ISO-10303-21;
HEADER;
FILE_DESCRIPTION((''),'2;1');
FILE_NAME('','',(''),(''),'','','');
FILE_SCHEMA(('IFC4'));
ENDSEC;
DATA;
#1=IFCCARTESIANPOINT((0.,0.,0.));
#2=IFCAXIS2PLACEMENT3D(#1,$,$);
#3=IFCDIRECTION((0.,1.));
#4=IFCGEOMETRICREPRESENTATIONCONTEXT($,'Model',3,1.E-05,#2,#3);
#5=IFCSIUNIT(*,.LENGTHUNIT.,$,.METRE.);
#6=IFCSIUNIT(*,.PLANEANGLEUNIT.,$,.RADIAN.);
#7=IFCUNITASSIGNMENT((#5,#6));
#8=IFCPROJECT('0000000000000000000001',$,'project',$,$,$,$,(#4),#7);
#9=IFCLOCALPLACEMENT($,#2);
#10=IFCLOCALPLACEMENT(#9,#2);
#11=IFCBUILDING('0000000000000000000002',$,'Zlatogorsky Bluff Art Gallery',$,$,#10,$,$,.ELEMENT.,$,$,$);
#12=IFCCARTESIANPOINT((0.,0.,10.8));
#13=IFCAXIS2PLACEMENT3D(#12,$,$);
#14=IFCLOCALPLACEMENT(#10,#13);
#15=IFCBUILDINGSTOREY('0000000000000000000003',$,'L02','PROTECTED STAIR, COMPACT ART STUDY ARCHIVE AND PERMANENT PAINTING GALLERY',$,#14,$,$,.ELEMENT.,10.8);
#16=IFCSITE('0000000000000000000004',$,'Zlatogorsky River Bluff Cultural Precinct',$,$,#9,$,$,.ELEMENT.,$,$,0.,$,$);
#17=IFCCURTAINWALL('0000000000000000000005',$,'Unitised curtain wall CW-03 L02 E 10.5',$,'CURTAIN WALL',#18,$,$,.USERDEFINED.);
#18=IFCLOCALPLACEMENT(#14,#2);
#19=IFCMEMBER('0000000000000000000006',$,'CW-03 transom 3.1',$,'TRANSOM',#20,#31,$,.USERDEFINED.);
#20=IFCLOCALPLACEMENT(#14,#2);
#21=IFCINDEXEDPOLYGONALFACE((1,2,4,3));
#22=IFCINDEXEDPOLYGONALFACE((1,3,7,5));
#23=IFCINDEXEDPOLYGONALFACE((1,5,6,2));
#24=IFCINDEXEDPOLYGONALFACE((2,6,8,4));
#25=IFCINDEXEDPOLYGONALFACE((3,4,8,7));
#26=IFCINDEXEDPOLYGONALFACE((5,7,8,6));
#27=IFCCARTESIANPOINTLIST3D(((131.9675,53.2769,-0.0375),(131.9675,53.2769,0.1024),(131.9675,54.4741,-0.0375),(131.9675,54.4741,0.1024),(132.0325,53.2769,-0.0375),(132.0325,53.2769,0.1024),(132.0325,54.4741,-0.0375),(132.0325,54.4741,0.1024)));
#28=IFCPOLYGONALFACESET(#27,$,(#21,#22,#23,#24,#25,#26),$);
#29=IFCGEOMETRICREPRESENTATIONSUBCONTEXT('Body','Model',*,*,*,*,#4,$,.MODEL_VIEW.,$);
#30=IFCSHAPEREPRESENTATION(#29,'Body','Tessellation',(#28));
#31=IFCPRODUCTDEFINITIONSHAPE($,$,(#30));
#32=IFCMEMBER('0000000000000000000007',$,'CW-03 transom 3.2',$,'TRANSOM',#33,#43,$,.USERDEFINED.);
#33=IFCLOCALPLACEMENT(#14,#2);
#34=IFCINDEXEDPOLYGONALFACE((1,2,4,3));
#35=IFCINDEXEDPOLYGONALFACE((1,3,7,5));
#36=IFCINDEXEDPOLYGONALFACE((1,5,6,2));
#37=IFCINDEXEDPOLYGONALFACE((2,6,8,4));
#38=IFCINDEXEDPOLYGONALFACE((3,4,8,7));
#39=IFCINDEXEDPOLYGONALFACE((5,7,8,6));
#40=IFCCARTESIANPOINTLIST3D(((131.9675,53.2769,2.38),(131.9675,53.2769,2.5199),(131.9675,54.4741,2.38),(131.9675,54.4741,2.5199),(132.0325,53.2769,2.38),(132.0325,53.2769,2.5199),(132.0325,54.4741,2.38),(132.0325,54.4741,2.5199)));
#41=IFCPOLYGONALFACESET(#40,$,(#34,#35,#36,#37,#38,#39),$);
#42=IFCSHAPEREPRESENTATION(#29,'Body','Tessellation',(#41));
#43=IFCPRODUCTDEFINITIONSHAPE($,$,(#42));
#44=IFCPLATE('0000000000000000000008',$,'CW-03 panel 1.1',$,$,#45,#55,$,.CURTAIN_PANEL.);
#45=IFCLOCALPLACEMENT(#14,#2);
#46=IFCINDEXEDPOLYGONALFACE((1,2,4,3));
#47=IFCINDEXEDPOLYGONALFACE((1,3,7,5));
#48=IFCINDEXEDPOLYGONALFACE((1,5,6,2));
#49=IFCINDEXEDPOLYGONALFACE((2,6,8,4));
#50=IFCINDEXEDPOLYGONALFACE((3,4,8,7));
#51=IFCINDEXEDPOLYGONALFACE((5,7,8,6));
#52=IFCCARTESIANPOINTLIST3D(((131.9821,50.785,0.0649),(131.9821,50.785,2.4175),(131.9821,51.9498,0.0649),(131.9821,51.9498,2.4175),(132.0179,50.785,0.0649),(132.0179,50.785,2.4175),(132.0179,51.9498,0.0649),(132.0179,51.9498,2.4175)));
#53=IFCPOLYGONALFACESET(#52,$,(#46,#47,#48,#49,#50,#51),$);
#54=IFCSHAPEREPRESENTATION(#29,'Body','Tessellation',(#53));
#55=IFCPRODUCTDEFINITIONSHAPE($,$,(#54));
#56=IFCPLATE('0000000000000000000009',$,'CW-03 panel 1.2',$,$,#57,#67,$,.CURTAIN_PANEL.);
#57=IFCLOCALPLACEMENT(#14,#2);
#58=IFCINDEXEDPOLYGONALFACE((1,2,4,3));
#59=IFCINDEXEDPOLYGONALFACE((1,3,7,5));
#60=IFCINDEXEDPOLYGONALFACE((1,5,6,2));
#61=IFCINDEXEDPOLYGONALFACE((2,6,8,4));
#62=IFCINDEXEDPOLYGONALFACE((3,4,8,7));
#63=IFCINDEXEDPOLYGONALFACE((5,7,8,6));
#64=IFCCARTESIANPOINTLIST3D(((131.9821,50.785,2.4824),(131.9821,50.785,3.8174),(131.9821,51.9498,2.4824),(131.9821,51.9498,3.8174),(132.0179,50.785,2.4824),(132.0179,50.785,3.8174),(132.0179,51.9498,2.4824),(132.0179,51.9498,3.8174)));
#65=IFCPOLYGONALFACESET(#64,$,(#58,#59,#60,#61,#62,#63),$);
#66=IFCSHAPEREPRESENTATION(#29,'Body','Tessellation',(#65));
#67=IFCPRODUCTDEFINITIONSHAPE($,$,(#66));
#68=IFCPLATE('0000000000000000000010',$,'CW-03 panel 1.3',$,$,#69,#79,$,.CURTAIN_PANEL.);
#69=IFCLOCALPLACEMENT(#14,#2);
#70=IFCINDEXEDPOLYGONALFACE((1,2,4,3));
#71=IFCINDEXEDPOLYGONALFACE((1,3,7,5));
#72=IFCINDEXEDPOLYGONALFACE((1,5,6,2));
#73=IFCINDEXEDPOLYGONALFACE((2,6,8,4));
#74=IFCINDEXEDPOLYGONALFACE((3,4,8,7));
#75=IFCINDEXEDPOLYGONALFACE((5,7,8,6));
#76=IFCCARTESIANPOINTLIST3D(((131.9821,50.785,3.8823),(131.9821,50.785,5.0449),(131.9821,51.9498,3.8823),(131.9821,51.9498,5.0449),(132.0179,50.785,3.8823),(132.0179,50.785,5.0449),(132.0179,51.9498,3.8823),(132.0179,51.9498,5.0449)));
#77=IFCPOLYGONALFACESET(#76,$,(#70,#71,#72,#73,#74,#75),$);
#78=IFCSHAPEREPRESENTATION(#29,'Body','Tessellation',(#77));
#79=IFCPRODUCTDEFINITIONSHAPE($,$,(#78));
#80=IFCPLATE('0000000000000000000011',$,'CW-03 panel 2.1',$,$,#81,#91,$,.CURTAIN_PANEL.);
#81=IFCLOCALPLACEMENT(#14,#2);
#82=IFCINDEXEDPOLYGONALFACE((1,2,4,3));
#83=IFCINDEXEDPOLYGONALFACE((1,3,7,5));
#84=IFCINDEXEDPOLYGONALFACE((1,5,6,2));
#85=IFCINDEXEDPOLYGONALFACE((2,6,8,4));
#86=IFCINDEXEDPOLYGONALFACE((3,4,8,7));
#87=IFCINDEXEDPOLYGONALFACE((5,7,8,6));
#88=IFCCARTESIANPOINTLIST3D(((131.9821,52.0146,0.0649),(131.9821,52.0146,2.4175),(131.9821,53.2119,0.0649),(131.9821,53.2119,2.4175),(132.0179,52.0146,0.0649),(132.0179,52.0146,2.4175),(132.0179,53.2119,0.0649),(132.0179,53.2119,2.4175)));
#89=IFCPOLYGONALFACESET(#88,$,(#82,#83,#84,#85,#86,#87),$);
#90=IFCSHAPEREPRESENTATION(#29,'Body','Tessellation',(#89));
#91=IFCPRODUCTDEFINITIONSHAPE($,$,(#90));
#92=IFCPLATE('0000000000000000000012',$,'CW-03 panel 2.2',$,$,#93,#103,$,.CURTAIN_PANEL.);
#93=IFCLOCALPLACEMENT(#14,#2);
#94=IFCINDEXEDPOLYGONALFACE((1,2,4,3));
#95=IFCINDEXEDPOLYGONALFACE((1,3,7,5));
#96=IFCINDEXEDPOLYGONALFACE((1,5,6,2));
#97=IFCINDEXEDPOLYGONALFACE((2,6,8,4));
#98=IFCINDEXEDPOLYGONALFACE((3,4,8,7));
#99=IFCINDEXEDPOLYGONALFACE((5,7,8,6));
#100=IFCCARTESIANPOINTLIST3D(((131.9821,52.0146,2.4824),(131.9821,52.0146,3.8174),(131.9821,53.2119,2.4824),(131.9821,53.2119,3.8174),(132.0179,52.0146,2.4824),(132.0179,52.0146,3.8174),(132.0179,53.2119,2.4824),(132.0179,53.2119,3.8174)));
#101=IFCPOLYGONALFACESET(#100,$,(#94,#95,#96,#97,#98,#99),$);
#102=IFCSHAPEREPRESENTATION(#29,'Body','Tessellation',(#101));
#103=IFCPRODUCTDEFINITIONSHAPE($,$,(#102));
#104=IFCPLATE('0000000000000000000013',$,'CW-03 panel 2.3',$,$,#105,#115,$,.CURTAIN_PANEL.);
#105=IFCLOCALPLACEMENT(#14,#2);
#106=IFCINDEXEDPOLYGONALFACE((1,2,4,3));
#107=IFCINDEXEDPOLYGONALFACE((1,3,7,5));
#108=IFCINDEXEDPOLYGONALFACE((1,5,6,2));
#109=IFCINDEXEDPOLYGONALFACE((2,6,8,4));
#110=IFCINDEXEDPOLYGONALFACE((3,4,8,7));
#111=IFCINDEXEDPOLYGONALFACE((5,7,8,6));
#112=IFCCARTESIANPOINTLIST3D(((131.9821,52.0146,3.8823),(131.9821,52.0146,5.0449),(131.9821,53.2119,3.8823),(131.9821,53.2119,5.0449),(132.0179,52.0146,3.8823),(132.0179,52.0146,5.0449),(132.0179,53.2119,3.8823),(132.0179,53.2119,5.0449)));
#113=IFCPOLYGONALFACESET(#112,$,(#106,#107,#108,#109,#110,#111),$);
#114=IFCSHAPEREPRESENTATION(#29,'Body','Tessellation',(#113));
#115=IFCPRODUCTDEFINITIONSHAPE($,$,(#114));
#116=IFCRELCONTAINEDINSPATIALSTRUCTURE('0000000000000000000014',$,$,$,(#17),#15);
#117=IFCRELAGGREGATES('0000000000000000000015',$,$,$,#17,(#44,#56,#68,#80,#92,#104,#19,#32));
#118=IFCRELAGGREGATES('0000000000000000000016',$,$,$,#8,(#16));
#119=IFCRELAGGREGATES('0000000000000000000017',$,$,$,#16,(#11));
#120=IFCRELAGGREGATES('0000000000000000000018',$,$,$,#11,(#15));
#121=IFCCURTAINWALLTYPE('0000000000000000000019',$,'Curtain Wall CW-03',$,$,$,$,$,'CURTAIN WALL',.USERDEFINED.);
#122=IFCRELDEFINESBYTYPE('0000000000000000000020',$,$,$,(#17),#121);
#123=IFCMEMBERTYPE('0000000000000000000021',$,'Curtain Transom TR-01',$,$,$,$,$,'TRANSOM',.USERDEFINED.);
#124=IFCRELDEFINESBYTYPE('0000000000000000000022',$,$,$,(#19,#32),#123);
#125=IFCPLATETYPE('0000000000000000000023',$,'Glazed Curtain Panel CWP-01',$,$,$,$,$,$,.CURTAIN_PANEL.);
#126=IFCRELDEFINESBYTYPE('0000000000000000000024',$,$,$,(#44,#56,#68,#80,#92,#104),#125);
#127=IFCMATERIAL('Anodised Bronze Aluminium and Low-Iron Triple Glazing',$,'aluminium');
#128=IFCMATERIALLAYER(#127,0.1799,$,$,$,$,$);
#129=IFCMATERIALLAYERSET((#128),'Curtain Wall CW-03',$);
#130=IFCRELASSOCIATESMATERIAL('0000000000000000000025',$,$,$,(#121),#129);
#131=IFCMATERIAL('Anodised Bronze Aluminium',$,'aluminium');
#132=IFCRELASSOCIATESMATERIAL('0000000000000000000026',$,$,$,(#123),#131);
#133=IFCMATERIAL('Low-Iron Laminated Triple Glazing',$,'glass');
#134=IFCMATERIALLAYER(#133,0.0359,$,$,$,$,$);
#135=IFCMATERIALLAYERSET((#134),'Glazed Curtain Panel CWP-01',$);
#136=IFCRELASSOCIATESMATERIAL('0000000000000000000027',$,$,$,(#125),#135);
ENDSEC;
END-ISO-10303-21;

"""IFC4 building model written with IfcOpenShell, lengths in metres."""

from ifc_helpers import new_model, si_unit, direction, frame, origin, origin_2d, place, context, subcontext, project, spatial, rectangle, extrude, material, layer, layer_set, material_profile, profile_set, type_object, element, aggregate, save


model = new_model("IFC4")

# Units and contexts
model_context = context("Model", 3, precision=1e-05, world=origin(), true_north=direction((0.0, 1.0)))
body_context = subcontext(model_context, "Body", "Model", "MODEL_VIEW")
ifc_project = project(units=[si_unit("LENGTHUNIT", "METRE"), si_unit("PLANEANGLEUNIT", "RADIAN")], contexts=[model_context])

# Site, building, storey
site_placement = place(None, origin())
site = spatial("IfcSite", under=ifc_project, at=site_placement, Name="Zlatogorsky River Bluff Cultural Precinct", CompositionType="ELEMENT", RefElevation=0.0)
building_placement = place(site_placement, origin())
building = spatial("IfcBuilding", under=site, at=building_placement, Name="Zlatogorsky Bluff Art Gallery", CompositionType="ELEMENT")
storey_placement = place(building_placement, frame((0.0, 0.0, 10.8)))
storey = spatial("IfcBuildingStorey", under=building, at=storey_placement, Name="L02", Description="PROTECTED STAIR, COMPACT ART STUDY ARCHIVE AND PERMANENT PAINTING GALLERY", CompositionType="ELEMENT", Elevation=10.8)

# Curtain wall, members, plates
ifc_material_1 = material(Name="Anodised Bronze Aluminium and Low-Iron Triple Glazing", Category="aluminium")
ifc_layer_1 = layer(ifc_material_1, 0.1799)
ifc_layer_set_1 = layer_set([ifc_layer_1], Name="Curtain Wall CW-03")
curtain_wall_type = type_object("IfcCurtainWallType", Name="Curtain Wall CW-03", ElementType="CURTAIN WALL", PredefinedType="USERDEFINED", material=ifc_layer_set_1)
curtain_wall_placement = place(storey_placement, origin())
curtain_wall = element("IfcCurtainWall", 1, at=curtain_wall_placement, inside=storey, type_object=curtain_wall_type, Name="Unitised curtain wall CW-03 L02 E 10.5", ObjectType="CURTAIN WALL", PredefinedType="USERDEFINED")
ifc_material_2 = material(Name="Anodised Bronze Aluminium", Category="aluminium")
ifc_material_profile_1 = material_profile(ifc_material_2, rectangle(XDim=0.0649, YDim=0.1399, at=origin_2d()), Name="ALU TRANSOM 65x140")
ifc_profile_set_1 = profile_set([ifc_material_profile_1], Name="Anodised Bronze Aluminium")
member_type_1 = type_object("IfcMemberType", Name="Curtain Transom TR-01", ElementType="TRANSOM", PredefinedType="USERDEFINED", material=ifc_profile_set_1)
member_1_placement = place(storey_placement, frame((132.0, 53.2769, 0.0325), z_axis=(0.0, 1.0, 0.0), x_axis=(-1.0, 0.0, 0.0)))
member_1 = element("IfcMember", 2, at=member_1_placement, type_object=member_type_1, Name="CW-03 transom 3.1", ObjectType="TRANSOM", PredefinedType="USERDEFINED", context=body_context, shape_type="SweptSolid", body=[
    extrude(rectangle(XDim=0.0649, YDim=0.1399, at=origin_2d()), origin(), (0.0, 0.0, 1.0), 1.1973),
])
member_2_placement = place(storey_placement, frame((132.0, 53.2769, 2.45), z_axis=(0.0, 1.0, 0.0), x_axis=(-1.0, 0.0, 0.0)))
member_2 = element("IfcMember", 3, at=member_2_placement, type_object=member_type_1, Name="CW-03 transom 3.2", ObjectType="TRANSOM", PredefinedType="USERDEFINED", context=body_context, shape_type="SweptSolid", body=[
    extrude(rectangle(XDim=0.0649, YDim=0.1399, at=origin_2d()), origin(), (0.0, 0.0, 1.0), 1.1973),
])
ifc_material_3 = material(Name="Low-Iron Laminated Triple Glazing", Category="glass")
ifc_layer_2 = layer(ifc_material_3, 0.0359)
ifc_layer_set_2 = layer_set([ifc_layer_2], Name="Glazed Curtain Panel CWP-01")
plate_type = type_object("IfcPlateType", Name="Glazed Curtain Panel CWP-01", PredefinedType="CURTAIN_PANEL", material=ifc_layer_set_2)
plate_1_placement = place(storey_placement, frame((132.0, 51.3674, 0.0649), z_axis=(0.0, 0.0, 1.0), x_axis=(0.0, 1.0, 0.0)))
plate_1 = element("IfcPlate", 4, at=plate_1_placement, type_object=plate_type, Name="CW-03 panel 1.1", PredefinedType="CURTAIN_PANEL", context=body_context, shape_type="SweptSolid", body=[
    extrude(rectangle(XDim=1.1648, YDim=0.0359, at=origin_2d()), origin(), (0.0, 0.0, 1.0), 2.3525),
])
plate_2_placement = place(storey_placement, frame((132.0, 51.3674, 2.4824), z_axis=(0.0, 0.0, 1.0), x_axis=(0.0, 1.0, 0.0)))
plate_2 = element("IfcPlate", 5, at=plate_2_placement, type_object=plate_type, Name="CW-03 panel 1.2", PredefinedType="CURTAIN_PANEL", context=body_context, shape_type="SweptSolid", body=[
    extrude(rectangle(XDim=1.1648, YDim=0.0359, at=origin_2d()), origin(), (0.0, 0.0, 1.0), 1.335),
])
plate_3_placement = place(storey_placement, frame((132.0, 51.3674, 3.8823), z_axis=(0.0, 0.0, 1.0), x_axis=(0.0, 1.0, 0.0)))
plate_3 = element("IfcPlate", 6, at=plate_3_placement, type_object=plate_type, Name="CW-03 panel 1.3", PredefinedType="CURTAIN_PANEL", context=body_context, shape_type="SweptSolid", body=[
    extrude(rectangle(XDim=1.1648, YDim=0.0359, at=origin_2d()), origin(), (0.0, 0.0, 1.0), 1.1626),
])
plate_4_placement = place(storey_placement, frame((132.0, 52.6133, 0.0649), z_axis=(0.0, 0.0, 1.0), x_axis=(0.0, 1.0, 0.0)))
plate_4 = element("IfcPlate", 7, at=plate_4_placement, type_object=plate_type, Name="CW-03 panel 2.1", PredefinedType="CURTAIN_PANEL", context=body_context, shape_type="SweptSolid", body=[
    extrude(rectangle(XDim=1.1973, YDim=0.0359, at=origin_2d()), origin(), (0.0, 0.0, 1.0), 2.3525),
])
plate_5_placement = place(storey_placement, frame((132.0, 52.6133, 2.4824), z_axis=(0.0, 0.0, 1.0), x_axis=(0.0, 1.0, 0.0)))
plate_5 = element("IfcPlate", 8, at=plate_5_placement, type_object=plate_type, Name="CW-03 panel 2.2", PredefinedType="CURTAIN_PANEL", context=body_context, shape_type="SweptSolid", body=[
    extrude(rectangle(XDim=1.1973, YDim=0.0359, at=origin_2d()), origin(), (0.0, 0.0, 1.0), 1.335),
])
plate_6_placement = place(storey_placement, frame((132.0, 52.6133, 3.8823), z_axis=(0.0, 0.0, 1.0), x_axis=(0.0, 1.0, 0.0)))
plate_6 = element("IfcPlate", 9, at=plate_6_placement, type_object=plate_type, Name="CW-03 panel 2.3", PredefinedType="CURTAIN_PANEL", context=body_context, shape_type="SweptSolid", body=[
    extrude(rectangle(XDim=1.1973, YDim=0.0359, at=origin_2d()), origin(), (0.0, 0.0, 1.0), 1.1626),
])
aggregate(curtain_wall, [plate_1, plate_2, plate_3, plate_4, plate_5, plate_6, member_1, member_2])

save(model, "model.ifc")
